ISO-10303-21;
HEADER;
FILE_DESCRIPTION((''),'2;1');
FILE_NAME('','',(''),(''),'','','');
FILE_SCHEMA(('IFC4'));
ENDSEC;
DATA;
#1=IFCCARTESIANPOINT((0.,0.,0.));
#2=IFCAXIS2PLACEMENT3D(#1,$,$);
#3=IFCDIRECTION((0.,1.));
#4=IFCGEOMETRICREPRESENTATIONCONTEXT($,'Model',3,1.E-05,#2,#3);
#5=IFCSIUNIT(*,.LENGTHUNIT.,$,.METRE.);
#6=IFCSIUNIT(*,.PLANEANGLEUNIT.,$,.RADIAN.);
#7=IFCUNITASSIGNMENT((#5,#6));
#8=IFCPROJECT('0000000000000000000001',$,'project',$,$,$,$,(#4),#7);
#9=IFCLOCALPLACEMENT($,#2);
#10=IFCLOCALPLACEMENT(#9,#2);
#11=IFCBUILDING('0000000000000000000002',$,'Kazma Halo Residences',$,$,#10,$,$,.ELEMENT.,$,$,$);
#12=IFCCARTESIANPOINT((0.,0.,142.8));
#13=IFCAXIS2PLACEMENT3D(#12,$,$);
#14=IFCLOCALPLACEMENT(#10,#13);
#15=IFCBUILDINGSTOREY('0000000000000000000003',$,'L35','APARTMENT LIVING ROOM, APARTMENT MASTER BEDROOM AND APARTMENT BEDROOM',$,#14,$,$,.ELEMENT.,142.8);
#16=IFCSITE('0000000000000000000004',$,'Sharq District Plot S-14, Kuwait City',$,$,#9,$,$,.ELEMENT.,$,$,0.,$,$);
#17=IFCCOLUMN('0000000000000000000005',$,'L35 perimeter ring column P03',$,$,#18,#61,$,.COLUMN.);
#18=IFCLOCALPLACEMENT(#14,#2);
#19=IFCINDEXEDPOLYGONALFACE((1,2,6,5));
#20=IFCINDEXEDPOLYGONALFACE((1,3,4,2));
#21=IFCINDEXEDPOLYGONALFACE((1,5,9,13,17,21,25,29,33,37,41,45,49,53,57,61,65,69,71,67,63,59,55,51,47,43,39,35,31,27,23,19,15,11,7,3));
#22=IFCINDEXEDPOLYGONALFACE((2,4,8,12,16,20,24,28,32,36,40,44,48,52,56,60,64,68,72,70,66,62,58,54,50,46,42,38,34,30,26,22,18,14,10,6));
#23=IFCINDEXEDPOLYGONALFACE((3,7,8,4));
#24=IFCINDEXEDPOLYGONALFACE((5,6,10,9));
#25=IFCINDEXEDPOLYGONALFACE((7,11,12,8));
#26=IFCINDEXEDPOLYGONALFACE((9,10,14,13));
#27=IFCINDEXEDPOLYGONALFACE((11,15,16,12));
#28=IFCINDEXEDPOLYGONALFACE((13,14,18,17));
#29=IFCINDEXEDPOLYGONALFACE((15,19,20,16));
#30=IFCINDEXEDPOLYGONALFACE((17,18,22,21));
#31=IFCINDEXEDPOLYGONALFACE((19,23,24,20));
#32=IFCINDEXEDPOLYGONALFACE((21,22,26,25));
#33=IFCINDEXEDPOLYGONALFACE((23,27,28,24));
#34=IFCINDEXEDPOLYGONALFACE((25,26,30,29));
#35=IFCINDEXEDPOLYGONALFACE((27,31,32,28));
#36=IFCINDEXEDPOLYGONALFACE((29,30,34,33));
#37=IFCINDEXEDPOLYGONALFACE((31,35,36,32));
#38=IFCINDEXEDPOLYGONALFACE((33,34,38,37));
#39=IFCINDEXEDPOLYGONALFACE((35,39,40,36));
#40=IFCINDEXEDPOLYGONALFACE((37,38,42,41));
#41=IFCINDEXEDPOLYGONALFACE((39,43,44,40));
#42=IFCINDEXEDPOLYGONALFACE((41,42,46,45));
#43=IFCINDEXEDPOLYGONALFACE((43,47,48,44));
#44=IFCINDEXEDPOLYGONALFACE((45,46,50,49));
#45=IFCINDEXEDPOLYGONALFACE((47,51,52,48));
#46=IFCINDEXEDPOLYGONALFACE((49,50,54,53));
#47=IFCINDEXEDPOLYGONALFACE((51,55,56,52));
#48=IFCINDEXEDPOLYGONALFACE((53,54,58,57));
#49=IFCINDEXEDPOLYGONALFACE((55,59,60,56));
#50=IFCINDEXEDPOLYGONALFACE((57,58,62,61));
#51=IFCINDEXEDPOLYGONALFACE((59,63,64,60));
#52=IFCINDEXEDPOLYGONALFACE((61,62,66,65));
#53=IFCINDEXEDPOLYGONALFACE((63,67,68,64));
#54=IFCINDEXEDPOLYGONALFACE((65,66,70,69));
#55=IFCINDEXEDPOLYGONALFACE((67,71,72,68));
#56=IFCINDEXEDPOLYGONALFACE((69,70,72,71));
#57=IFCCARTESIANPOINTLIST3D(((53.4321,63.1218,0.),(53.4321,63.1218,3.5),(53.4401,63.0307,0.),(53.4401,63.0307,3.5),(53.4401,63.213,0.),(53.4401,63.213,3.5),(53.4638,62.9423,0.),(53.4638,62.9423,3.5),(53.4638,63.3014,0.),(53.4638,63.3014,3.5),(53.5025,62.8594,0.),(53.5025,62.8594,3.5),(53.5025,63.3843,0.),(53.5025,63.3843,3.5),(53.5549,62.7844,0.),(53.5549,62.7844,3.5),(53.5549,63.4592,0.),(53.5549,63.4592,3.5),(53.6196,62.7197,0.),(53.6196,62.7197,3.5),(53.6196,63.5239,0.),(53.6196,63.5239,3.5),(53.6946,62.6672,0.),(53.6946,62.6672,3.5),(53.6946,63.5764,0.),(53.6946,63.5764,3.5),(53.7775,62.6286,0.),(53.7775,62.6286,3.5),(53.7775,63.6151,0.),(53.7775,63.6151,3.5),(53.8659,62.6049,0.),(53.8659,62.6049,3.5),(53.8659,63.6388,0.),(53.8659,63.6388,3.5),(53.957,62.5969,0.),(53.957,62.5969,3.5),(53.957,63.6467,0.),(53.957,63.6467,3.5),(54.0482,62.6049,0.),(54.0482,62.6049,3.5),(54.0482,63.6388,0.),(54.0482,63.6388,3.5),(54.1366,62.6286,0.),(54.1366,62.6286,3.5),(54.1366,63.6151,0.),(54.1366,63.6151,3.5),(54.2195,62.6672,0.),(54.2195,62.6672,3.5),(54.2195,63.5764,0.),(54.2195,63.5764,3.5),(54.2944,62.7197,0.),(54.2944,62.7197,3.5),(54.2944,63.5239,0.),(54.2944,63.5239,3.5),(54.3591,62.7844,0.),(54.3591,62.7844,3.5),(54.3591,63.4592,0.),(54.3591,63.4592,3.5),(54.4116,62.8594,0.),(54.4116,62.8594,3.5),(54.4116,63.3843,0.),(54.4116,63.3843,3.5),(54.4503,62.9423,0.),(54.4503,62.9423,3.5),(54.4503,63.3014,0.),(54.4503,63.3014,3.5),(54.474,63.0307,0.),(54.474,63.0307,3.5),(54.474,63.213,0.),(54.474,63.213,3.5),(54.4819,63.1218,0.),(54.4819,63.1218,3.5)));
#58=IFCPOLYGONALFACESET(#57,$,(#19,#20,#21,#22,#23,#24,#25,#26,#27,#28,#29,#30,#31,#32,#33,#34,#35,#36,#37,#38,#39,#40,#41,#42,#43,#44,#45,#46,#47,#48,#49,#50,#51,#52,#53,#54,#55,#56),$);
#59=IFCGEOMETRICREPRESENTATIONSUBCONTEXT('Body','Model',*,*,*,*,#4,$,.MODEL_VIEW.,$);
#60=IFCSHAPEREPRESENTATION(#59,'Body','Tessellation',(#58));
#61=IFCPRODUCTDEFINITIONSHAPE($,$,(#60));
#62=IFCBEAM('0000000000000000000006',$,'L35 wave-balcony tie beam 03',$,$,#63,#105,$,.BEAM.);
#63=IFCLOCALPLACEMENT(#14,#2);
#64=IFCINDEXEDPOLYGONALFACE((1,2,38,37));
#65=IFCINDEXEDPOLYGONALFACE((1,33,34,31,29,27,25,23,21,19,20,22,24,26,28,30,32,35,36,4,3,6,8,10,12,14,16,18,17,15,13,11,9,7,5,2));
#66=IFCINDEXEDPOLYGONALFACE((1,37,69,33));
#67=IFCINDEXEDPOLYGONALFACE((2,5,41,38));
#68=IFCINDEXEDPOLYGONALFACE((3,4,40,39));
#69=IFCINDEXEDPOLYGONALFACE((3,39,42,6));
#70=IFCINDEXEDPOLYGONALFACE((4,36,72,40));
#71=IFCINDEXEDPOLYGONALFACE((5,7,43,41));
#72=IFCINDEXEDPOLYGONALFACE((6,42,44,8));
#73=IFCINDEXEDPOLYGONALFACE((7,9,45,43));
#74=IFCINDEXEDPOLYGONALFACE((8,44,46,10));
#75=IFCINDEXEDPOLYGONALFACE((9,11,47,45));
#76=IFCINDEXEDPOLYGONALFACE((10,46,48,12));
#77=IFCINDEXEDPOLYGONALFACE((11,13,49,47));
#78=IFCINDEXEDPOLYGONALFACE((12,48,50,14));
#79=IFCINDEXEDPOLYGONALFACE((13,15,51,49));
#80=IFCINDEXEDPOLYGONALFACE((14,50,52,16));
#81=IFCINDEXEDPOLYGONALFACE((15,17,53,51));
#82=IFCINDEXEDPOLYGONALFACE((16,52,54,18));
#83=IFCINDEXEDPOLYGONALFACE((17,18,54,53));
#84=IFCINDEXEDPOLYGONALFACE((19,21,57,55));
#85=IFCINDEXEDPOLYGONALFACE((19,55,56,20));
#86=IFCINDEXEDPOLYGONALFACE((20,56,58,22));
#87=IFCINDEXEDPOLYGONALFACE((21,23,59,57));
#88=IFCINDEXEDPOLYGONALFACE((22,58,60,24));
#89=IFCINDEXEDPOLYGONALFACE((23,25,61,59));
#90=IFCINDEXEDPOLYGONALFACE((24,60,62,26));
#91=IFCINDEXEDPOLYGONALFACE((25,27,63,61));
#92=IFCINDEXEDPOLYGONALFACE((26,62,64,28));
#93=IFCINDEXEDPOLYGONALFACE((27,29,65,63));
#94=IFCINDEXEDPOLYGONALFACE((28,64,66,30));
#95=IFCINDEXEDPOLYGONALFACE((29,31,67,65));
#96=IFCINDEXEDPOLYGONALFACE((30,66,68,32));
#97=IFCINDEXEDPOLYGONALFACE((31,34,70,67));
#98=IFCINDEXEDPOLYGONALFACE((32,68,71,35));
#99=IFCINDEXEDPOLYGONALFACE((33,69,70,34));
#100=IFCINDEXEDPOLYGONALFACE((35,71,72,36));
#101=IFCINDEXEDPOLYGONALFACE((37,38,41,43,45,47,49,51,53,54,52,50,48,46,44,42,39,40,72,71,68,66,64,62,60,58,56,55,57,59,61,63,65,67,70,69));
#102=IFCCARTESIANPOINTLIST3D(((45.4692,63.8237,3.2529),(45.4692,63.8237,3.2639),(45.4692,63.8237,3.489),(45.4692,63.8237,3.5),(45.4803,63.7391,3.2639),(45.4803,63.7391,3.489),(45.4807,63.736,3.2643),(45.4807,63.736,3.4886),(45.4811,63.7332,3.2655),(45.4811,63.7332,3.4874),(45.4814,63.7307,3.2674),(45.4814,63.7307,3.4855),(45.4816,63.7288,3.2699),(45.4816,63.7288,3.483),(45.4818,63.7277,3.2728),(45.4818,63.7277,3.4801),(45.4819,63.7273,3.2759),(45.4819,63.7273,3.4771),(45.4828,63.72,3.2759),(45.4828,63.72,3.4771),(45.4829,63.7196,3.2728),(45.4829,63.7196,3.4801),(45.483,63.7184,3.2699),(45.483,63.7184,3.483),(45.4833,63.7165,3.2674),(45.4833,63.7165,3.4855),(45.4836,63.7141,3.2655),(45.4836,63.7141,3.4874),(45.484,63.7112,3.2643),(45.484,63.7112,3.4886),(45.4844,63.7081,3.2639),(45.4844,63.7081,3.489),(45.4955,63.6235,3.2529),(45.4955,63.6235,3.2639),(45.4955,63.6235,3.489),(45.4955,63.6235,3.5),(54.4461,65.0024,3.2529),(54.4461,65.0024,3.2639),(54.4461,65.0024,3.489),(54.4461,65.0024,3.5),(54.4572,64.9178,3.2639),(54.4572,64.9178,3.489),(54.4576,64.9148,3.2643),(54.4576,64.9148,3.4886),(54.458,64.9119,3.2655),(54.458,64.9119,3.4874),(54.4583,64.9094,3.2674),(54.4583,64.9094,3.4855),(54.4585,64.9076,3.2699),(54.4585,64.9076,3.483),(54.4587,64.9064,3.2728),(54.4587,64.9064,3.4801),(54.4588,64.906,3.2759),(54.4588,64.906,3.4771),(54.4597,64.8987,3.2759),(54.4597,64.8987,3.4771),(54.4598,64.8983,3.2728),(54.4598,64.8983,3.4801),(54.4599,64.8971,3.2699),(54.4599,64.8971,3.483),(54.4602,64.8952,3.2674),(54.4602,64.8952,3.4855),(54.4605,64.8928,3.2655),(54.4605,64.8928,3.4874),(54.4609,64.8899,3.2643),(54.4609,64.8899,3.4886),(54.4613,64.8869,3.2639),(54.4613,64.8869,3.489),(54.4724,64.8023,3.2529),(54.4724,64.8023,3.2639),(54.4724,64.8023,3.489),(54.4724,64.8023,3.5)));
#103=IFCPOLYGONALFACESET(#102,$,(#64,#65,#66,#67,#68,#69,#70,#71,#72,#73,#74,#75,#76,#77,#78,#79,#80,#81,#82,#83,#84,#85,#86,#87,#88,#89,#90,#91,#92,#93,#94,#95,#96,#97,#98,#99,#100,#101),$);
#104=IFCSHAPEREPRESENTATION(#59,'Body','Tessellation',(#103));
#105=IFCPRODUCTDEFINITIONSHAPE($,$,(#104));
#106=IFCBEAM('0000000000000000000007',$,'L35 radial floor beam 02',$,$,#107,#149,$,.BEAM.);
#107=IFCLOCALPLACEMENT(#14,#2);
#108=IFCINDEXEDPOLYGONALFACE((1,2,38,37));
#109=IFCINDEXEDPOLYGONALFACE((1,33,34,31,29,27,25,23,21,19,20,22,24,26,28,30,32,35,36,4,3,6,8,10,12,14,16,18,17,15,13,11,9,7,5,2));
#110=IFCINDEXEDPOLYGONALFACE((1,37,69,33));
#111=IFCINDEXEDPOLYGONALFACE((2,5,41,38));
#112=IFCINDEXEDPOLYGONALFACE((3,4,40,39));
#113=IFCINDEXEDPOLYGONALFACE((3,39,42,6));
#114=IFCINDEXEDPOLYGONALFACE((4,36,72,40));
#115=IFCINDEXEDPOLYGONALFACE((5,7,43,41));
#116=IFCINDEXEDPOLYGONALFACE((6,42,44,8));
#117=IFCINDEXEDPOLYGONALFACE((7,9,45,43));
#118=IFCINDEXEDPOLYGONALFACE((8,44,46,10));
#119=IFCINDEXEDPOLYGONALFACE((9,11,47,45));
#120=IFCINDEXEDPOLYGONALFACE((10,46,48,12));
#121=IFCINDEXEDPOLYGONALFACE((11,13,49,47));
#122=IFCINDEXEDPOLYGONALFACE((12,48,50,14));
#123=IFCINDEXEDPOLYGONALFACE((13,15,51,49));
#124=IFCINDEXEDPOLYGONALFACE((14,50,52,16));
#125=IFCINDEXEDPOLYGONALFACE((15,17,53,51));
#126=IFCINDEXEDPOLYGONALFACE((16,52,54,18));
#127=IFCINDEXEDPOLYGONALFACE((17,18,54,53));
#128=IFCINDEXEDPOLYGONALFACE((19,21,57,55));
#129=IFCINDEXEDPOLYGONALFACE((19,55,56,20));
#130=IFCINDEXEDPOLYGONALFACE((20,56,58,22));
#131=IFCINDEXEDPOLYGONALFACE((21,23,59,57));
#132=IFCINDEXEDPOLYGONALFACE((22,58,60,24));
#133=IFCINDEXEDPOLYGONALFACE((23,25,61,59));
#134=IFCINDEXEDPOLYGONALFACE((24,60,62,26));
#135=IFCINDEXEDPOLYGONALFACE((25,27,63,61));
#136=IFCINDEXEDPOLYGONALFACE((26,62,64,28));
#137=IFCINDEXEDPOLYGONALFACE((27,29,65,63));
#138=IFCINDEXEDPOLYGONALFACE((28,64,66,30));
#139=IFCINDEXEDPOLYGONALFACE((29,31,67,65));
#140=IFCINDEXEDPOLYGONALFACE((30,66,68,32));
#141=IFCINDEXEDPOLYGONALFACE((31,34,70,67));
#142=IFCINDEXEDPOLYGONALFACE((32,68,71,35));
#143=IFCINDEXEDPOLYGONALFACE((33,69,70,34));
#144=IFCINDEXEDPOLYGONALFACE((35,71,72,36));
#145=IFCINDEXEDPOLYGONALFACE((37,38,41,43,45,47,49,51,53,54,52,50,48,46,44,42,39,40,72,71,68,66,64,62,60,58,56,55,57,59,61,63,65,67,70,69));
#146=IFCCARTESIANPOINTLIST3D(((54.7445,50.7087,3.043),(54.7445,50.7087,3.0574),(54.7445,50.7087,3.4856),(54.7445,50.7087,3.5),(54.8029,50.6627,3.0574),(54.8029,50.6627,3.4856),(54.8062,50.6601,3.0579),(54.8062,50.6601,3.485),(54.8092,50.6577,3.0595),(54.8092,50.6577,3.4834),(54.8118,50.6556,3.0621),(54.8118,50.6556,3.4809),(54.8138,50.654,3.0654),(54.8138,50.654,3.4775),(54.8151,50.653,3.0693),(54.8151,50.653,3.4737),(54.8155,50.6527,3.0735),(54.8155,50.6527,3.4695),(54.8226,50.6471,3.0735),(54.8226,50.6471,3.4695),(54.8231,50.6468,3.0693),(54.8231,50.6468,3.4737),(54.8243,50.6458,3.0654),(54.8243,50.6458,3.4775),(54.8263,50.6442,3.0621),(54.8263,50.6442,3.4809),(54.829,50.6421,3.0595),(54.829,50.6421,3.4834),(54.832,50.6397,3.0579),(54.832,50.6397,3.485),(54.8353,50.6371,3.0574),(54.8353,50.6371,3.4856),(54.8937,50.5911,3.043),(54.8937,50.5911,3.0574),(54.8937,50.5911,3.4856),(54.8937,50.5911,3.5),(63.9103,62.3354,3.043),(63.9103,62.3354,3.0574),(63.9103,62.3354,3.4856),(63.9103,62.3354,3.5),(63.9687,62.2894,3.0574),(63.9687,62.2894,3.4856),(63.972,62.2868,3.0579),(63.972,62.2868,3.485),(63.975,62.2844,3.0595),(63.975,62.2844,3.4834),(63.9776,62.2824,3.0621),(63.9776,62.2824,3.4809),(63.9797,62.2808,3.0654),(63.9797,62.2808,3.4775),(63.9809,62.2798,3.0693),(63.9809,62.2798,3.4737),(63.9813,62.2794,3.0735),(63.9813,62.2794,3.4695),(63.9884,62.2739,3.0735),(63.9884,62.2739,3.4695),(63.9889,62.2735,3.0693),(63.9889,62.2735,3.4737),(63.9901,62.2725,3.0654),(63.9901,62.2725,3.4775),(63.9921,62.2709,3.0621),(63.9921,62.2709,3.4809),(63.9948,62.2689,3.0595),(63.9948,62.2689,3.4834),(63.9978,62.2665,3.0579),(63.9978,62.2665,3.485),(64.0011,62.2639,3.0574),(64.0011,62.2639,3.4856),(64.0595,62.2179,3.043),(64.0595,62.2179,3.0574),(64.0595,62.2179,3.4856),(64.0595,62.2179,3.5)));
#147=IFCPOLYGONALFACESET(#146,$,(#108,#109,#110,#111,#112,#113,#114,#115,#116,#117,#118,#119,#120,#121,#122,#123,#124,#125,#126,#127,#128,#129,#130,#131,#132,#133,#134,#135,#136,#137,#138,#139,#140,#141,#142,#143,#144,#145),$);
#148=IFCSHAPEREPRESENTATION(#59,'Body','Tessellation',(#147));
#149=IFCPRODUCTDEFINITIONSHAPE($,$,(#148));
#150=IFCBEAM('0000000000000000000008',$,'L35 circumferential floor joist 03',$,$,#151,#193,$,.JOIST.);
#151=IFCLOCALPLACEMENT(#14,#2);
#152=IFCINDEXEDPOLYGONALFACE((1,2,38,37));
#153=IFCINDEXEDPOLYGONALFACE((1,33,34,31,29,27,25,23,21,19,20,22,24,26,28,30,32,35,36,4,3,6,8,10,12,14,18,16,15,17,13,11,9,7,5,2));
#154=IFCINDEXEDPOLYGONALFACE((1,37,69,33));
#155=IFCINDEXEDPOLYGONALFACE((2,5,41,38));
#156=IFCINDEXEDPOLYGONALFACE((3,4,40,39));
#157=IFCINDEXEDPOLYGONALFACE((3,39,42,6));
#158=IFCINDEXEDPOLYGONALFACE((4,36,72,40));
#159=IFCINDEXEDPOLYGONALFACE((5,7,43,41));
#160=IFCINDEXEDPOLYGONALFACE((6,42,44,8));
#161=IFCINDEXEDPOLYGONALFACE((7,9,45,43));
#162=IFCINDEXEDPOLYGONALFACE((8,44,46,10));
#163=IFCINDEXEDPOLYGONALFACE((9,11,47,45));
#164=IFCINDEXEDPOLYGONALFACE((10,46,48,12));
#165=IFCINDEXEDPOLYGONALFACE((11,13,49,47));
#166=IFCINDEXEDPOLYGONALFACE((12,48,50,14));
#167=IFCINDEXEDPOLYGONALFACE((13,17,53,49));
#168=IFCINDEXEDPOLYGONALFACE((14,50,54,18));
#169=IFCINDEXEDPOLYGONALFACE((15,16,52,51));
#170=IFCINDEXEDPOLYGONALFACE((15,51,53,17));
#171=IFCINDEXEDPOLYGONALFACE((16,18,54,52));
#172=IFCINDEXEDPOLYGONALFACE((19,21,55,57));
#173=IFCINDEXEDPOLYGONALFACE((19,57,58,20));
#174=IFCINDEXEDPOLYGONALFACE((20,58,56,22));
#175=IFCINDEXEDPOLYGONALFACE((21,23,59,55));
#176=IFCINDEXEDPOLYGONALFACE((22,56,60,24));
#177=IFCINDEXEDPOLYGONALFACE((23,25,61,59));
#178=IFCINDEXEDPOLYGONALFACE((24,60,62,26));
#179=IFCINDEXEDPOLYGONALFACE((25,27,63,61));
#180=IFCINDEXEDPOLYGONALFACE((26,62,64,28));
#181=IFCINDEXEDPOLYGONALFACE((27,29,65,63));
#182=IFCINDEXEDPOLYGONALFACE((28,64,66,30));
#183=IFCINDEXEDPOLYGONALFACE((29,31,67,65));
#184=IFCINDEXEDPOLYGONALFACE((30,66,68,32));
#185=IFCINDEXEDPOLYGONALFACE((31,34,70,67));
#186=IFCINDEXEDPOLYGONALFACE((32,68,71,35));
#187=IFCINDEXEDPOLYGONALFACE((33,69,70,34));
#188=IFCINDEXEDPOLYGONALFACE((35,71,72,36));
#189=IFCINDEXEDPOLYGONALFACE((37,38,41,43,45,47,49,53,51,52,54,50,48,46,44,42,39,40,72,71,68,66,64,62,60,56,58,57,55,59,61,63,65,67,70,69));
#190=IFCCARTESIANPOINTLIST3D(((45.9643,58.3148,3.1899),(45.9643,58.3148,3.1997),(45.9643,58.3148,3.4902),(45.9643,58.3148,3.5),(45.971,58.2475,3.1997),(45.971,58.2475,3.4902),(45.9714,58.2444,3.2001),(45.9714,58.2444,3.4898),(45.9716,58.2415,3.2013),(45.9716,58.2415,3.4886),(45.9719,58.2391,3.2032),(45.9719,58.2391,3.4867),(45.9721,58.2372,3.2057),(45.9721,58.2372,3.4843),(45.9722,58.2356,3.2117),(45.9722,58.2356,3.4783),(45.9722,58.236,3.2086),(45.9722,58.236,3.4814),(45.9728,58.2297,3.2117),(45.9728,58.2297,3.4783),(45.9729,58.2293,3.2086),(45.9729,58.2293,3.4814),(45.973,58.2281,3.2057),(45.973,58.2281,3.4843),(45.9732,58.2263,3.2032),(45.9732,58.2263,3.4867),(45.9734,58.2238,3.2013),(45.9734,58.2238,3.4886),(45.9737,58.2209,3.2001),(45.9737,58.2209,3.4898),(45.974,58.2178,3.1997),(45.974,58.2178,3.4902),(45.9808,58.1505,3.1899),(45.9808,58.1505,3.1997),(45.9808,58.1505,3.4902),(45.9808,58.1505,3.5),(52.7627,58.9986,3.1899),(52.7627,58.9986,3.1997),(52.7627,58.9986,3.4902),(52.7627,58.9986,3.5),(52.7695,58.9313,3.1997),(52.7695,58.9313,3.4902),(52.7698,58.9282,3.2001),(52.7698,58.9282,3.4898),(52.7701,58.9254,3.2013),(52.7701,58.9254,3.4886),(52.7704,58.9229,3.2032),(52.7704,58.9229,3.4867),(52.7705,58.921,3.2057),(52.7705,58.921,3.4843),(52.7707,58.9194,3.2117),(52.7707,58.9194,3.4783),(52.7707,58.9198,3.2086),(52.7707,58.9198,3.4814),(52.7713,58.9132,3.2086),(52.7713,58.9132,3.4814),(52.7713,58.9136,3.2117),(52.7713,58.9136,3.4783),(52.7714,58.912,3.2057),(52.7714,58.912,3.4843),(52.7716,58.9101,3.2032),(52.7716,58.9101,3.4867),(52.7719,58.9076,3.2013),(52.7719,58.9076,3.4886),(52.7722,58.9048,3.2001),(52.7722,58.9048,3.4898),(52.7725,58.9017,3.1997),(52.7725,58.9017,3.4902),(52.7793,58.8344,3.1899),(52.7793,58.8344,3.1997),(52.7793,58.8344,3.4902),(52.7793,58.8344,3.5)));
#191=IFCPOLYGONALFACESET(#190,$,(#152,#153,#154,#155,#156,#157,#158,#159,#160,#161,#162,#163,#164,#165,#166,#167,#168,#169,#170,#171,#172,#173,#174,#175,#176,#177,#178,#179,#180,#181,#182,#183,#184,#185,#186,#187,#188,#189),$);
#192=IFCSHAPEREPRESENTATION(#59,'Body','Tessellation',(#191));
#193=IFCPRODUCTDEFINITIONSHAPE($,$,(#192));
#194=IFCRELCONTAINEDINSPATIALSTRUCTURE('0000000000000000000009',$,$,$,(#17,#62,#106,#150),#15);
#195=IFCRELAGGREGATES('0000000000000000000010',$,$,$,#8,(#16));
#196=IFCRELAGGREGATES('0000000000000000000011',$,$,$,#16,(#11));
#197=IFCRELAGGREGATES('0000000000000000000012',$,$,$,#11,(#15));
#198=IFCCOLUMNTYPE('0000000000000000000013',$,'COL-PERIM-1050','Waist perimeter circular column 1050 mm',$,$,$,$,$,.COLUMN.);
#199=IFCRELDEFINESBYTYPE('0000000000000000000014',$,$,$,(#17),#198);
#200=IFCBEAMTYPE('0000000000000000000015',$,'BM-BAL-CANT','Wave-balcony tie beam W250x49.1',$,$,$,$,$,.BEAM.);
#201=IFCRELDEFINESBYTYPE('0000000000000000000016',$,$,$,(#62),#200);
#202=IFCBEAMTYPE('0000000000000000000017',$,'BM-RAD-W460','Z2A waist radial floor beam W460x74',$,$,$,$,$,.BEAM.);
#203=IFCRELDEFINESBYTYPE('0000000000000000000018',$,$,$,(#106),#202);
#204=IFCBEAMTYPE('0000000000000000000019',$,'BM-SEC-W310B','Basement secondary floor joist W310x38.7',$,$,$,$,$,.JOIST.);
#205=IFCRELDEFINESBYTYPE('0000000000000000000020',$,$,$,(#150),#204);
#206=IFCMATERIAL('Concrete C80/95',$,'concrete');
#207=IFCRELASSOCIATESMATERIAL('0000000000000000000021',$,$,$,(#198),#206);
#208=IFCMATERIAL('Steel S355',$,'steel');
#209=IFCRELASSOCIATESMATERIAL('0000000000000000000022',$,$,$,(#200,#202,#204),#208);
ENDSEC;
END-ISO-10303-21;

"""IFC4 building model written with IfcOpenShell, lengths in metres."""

from ifc_helpers import new_model, si_unit, direction, frame, origin, origin_2d, place, context, subcontext, project, spatial, circle, i_section, extrude, material, material_profile, profile_set, type_object, element, save


model = new_model("IFC4")

# Units and contexts
model_context = context("Model", 3, precision=1e-05, world=origin(), true_north=direction((0.0, 1.0)))
body_context = subcontext(model_context, "Body", "Model", "MODEL_VIEW")
ifc_project = project(units=[si_unit("LENGTHUNIT", "METRE"), si_unit("PLANEANGLEUNIT", "RADIAN")], contexts=[model_context])

# Site, building, storey
site_placement = place(None, origin())
site = spatial("IfcSite", under=ifc_project, at=site_placement, Name="Sharq District Plot S-14, Kuwait City", CompositionType="ELEMENT", RefElevation=0.0)
building_placement = place(site_placement, origin())
building = spatial("IfcBuilding", under=site, at=building_placement, Name="Kazma Halo Residences", CompositionType="ELEMENT")
storey_placement = place(building_placement, frame((0.0, 0.0, 142.8)))
storey = spatial("IfcBuildingStorey", under=building, at=storey_placement, Name="L35", Description="APARTMENT LIVING ROOM, APARTMENT MASTER BEDROOM AND APARTMENT BEDROOM", CompositionType="ELEMENT", Elevation=142.8)

# Column
ifc_material_1 = material(Name="Concrete C80/95", Category="concrete")
ifc_material_profile_1 = material_profile(ifc_material_1, circle(Radius=0.5249, at=origin_2d()), Name="CIRC1050")
ifc_profile_set_1 = profile_set([ifc_material_profile_1], Name="Concrete C80/95")
column_type = type_object("IfcColumnType", Name="COL-PERIM-1050", Description="Waist perimeter circular column 1050 mm", PredefinedType="COLUMN", material=ifc_profile_set_1)
column_placement = place(storey_placement, frame((53.957, 63.1218, 0.0), z_axis=(0.0, 0.0, 1.0), x_axis=(1.0, 0.0, 0.0)))
element("IfcColumn", 1, at=column_placement, inside=storey, type_object=column_type, Name="L35 perimeter ring column P03", PredefinedType="COLUMN", context=body_context, shape_type="SweptSolid", body=[
    extrude(circle(Radius=0.5249, at=origin_2d()), origin(), (0.0, 0.0, 1.0), 3.5),
])

# Beams
ifc_material_2 = material(Name="Steel S355", Category="steel")
ifc_material_profile_2 = material_profile(ifc_material_2, i_section(OverallWidth=0.2019, OverallDepth=0.2471, WebThickness=0.0073, FlangeThickness=0.011, FilletRadius=0.012, at=origin_2d()), Name="W250x49.1")
ifc_profile_set_2 = profile_set([ifc_material_profile_2], Name="Steel S355")
beam_type_1 = type_object("IfcBeamType", Name="BM-BAL-CANT", Description="Wave-balcony tie beam W250x49.1", PredefinedType="BEAM", material=ifc_profile_set_2)
beam_1_placement = place(storey_placement, frame((54.4592, 64.9023, 3.3765), z_axis=(-0.991489, -0.130189, 0.0), x_axis=(0.130189, -0.991489, 0.0)))
element("IfcBeam", 2, at=beam_1_placement, inside=storey, type_object=beam_type_1, Name="L35 wave-balcony tie beam 03", PredefinedType="BEAM", context=body_context, shape_type="SweptSolid", body=[
    extrude(i_section(OverallWidth=0.2019, OverallDepth=0.2471, WebThickness=0.0073, FlangeThickness=0.011, FilletRadius=0.012, at=origin_2d()), origin(), (0.0, 0.0, 1.0), 9.054),
])
ifc_material_profile_3 = material_profile(ifc_material_2, i_section(OverallWidth=0.1899, OverallDepth=0.457, WebThickness=0.009, FlangeThickness=0.0144, FilletRadius=0.0161, at=origin_2d()), Name="W460x74")
ifc_profile_set_3 = profile_set([ifc_material_profile_3], Name="Steel S355")
beam_type_2 = type_object("IfcBeamType", Name="BM-RAD-W460", Description="Z2A waist radial floor beam W460x74", PredefinedType="BEAM", material=ifc_profile_set_3)
beam_2_placement = place(storey_placement, frame((54.8191, 50.6499, 3.2715), z_axis=(0.619094, 0.785316, 0.0), x_axis=(-0.785316, 0.619094, 0.0)))
element("IfcBeam", 3, at=beam_2_placement, inside=storey, type_object=beam_type_2, Name="L35 radial floor beam 02", PredefinedType="BEAM", context=body_context, shape_type="SweptSolid", body=[
    extrude(i_section(OverallWidth=0.1899, OverallDepth=0.457, WebThickness=0.009, FlangeThickness=0.0144, FilletRadius=0.0161, at=origin_2d()), origin(), (0.0, 0.0, 1.0), 14.8052),
])
ifc_material_profile_4 = material_profile(ifc_material_2, i_section(OverallWidth=0.165, OverallDepth=0.3101, WebThickness=0.0059, FlangeThickness=0.0098, FilletRadius=0.012, at=origin_2d()), Name="W310x38.7")
ifc_profile_set_4 = profile_set([ifc_material_profile_4], Name="Steel S355")
beam_type_3 = type_object("IfcBeamType", Name="BM-SEC-W310B", Description="Basement secondary floor joist W310x38.7", PredefinedType="JOIST", material=ifc_profile_set_4)
beam_3_placement = place(storey_placement, frame((52.771, 58.9165, 3.345), z_axis=(-0.994979, -0.100084, 0.0), x_axis=(0.100084, -0.994979, 0.0)))
element("IfcBeam", 4, at=beam_3_placement, inside=storey, type_object=beam_type_3, Name="L35 circumferential floor joist 03", PredefinedType="JOIST", context=body_context, shape_type="SweptSolid", body=[
    extrude(i_section(OverallWidth=0.165, OverallDepth=0.3101, WebThickness=0.0059, FlangeThickness=0.0098, FilletRadius=0.012, at=origin_2d()), origin(), (0.0, 0.0, 1.0), 6.8328),
])

save(model, "model.ifc")
